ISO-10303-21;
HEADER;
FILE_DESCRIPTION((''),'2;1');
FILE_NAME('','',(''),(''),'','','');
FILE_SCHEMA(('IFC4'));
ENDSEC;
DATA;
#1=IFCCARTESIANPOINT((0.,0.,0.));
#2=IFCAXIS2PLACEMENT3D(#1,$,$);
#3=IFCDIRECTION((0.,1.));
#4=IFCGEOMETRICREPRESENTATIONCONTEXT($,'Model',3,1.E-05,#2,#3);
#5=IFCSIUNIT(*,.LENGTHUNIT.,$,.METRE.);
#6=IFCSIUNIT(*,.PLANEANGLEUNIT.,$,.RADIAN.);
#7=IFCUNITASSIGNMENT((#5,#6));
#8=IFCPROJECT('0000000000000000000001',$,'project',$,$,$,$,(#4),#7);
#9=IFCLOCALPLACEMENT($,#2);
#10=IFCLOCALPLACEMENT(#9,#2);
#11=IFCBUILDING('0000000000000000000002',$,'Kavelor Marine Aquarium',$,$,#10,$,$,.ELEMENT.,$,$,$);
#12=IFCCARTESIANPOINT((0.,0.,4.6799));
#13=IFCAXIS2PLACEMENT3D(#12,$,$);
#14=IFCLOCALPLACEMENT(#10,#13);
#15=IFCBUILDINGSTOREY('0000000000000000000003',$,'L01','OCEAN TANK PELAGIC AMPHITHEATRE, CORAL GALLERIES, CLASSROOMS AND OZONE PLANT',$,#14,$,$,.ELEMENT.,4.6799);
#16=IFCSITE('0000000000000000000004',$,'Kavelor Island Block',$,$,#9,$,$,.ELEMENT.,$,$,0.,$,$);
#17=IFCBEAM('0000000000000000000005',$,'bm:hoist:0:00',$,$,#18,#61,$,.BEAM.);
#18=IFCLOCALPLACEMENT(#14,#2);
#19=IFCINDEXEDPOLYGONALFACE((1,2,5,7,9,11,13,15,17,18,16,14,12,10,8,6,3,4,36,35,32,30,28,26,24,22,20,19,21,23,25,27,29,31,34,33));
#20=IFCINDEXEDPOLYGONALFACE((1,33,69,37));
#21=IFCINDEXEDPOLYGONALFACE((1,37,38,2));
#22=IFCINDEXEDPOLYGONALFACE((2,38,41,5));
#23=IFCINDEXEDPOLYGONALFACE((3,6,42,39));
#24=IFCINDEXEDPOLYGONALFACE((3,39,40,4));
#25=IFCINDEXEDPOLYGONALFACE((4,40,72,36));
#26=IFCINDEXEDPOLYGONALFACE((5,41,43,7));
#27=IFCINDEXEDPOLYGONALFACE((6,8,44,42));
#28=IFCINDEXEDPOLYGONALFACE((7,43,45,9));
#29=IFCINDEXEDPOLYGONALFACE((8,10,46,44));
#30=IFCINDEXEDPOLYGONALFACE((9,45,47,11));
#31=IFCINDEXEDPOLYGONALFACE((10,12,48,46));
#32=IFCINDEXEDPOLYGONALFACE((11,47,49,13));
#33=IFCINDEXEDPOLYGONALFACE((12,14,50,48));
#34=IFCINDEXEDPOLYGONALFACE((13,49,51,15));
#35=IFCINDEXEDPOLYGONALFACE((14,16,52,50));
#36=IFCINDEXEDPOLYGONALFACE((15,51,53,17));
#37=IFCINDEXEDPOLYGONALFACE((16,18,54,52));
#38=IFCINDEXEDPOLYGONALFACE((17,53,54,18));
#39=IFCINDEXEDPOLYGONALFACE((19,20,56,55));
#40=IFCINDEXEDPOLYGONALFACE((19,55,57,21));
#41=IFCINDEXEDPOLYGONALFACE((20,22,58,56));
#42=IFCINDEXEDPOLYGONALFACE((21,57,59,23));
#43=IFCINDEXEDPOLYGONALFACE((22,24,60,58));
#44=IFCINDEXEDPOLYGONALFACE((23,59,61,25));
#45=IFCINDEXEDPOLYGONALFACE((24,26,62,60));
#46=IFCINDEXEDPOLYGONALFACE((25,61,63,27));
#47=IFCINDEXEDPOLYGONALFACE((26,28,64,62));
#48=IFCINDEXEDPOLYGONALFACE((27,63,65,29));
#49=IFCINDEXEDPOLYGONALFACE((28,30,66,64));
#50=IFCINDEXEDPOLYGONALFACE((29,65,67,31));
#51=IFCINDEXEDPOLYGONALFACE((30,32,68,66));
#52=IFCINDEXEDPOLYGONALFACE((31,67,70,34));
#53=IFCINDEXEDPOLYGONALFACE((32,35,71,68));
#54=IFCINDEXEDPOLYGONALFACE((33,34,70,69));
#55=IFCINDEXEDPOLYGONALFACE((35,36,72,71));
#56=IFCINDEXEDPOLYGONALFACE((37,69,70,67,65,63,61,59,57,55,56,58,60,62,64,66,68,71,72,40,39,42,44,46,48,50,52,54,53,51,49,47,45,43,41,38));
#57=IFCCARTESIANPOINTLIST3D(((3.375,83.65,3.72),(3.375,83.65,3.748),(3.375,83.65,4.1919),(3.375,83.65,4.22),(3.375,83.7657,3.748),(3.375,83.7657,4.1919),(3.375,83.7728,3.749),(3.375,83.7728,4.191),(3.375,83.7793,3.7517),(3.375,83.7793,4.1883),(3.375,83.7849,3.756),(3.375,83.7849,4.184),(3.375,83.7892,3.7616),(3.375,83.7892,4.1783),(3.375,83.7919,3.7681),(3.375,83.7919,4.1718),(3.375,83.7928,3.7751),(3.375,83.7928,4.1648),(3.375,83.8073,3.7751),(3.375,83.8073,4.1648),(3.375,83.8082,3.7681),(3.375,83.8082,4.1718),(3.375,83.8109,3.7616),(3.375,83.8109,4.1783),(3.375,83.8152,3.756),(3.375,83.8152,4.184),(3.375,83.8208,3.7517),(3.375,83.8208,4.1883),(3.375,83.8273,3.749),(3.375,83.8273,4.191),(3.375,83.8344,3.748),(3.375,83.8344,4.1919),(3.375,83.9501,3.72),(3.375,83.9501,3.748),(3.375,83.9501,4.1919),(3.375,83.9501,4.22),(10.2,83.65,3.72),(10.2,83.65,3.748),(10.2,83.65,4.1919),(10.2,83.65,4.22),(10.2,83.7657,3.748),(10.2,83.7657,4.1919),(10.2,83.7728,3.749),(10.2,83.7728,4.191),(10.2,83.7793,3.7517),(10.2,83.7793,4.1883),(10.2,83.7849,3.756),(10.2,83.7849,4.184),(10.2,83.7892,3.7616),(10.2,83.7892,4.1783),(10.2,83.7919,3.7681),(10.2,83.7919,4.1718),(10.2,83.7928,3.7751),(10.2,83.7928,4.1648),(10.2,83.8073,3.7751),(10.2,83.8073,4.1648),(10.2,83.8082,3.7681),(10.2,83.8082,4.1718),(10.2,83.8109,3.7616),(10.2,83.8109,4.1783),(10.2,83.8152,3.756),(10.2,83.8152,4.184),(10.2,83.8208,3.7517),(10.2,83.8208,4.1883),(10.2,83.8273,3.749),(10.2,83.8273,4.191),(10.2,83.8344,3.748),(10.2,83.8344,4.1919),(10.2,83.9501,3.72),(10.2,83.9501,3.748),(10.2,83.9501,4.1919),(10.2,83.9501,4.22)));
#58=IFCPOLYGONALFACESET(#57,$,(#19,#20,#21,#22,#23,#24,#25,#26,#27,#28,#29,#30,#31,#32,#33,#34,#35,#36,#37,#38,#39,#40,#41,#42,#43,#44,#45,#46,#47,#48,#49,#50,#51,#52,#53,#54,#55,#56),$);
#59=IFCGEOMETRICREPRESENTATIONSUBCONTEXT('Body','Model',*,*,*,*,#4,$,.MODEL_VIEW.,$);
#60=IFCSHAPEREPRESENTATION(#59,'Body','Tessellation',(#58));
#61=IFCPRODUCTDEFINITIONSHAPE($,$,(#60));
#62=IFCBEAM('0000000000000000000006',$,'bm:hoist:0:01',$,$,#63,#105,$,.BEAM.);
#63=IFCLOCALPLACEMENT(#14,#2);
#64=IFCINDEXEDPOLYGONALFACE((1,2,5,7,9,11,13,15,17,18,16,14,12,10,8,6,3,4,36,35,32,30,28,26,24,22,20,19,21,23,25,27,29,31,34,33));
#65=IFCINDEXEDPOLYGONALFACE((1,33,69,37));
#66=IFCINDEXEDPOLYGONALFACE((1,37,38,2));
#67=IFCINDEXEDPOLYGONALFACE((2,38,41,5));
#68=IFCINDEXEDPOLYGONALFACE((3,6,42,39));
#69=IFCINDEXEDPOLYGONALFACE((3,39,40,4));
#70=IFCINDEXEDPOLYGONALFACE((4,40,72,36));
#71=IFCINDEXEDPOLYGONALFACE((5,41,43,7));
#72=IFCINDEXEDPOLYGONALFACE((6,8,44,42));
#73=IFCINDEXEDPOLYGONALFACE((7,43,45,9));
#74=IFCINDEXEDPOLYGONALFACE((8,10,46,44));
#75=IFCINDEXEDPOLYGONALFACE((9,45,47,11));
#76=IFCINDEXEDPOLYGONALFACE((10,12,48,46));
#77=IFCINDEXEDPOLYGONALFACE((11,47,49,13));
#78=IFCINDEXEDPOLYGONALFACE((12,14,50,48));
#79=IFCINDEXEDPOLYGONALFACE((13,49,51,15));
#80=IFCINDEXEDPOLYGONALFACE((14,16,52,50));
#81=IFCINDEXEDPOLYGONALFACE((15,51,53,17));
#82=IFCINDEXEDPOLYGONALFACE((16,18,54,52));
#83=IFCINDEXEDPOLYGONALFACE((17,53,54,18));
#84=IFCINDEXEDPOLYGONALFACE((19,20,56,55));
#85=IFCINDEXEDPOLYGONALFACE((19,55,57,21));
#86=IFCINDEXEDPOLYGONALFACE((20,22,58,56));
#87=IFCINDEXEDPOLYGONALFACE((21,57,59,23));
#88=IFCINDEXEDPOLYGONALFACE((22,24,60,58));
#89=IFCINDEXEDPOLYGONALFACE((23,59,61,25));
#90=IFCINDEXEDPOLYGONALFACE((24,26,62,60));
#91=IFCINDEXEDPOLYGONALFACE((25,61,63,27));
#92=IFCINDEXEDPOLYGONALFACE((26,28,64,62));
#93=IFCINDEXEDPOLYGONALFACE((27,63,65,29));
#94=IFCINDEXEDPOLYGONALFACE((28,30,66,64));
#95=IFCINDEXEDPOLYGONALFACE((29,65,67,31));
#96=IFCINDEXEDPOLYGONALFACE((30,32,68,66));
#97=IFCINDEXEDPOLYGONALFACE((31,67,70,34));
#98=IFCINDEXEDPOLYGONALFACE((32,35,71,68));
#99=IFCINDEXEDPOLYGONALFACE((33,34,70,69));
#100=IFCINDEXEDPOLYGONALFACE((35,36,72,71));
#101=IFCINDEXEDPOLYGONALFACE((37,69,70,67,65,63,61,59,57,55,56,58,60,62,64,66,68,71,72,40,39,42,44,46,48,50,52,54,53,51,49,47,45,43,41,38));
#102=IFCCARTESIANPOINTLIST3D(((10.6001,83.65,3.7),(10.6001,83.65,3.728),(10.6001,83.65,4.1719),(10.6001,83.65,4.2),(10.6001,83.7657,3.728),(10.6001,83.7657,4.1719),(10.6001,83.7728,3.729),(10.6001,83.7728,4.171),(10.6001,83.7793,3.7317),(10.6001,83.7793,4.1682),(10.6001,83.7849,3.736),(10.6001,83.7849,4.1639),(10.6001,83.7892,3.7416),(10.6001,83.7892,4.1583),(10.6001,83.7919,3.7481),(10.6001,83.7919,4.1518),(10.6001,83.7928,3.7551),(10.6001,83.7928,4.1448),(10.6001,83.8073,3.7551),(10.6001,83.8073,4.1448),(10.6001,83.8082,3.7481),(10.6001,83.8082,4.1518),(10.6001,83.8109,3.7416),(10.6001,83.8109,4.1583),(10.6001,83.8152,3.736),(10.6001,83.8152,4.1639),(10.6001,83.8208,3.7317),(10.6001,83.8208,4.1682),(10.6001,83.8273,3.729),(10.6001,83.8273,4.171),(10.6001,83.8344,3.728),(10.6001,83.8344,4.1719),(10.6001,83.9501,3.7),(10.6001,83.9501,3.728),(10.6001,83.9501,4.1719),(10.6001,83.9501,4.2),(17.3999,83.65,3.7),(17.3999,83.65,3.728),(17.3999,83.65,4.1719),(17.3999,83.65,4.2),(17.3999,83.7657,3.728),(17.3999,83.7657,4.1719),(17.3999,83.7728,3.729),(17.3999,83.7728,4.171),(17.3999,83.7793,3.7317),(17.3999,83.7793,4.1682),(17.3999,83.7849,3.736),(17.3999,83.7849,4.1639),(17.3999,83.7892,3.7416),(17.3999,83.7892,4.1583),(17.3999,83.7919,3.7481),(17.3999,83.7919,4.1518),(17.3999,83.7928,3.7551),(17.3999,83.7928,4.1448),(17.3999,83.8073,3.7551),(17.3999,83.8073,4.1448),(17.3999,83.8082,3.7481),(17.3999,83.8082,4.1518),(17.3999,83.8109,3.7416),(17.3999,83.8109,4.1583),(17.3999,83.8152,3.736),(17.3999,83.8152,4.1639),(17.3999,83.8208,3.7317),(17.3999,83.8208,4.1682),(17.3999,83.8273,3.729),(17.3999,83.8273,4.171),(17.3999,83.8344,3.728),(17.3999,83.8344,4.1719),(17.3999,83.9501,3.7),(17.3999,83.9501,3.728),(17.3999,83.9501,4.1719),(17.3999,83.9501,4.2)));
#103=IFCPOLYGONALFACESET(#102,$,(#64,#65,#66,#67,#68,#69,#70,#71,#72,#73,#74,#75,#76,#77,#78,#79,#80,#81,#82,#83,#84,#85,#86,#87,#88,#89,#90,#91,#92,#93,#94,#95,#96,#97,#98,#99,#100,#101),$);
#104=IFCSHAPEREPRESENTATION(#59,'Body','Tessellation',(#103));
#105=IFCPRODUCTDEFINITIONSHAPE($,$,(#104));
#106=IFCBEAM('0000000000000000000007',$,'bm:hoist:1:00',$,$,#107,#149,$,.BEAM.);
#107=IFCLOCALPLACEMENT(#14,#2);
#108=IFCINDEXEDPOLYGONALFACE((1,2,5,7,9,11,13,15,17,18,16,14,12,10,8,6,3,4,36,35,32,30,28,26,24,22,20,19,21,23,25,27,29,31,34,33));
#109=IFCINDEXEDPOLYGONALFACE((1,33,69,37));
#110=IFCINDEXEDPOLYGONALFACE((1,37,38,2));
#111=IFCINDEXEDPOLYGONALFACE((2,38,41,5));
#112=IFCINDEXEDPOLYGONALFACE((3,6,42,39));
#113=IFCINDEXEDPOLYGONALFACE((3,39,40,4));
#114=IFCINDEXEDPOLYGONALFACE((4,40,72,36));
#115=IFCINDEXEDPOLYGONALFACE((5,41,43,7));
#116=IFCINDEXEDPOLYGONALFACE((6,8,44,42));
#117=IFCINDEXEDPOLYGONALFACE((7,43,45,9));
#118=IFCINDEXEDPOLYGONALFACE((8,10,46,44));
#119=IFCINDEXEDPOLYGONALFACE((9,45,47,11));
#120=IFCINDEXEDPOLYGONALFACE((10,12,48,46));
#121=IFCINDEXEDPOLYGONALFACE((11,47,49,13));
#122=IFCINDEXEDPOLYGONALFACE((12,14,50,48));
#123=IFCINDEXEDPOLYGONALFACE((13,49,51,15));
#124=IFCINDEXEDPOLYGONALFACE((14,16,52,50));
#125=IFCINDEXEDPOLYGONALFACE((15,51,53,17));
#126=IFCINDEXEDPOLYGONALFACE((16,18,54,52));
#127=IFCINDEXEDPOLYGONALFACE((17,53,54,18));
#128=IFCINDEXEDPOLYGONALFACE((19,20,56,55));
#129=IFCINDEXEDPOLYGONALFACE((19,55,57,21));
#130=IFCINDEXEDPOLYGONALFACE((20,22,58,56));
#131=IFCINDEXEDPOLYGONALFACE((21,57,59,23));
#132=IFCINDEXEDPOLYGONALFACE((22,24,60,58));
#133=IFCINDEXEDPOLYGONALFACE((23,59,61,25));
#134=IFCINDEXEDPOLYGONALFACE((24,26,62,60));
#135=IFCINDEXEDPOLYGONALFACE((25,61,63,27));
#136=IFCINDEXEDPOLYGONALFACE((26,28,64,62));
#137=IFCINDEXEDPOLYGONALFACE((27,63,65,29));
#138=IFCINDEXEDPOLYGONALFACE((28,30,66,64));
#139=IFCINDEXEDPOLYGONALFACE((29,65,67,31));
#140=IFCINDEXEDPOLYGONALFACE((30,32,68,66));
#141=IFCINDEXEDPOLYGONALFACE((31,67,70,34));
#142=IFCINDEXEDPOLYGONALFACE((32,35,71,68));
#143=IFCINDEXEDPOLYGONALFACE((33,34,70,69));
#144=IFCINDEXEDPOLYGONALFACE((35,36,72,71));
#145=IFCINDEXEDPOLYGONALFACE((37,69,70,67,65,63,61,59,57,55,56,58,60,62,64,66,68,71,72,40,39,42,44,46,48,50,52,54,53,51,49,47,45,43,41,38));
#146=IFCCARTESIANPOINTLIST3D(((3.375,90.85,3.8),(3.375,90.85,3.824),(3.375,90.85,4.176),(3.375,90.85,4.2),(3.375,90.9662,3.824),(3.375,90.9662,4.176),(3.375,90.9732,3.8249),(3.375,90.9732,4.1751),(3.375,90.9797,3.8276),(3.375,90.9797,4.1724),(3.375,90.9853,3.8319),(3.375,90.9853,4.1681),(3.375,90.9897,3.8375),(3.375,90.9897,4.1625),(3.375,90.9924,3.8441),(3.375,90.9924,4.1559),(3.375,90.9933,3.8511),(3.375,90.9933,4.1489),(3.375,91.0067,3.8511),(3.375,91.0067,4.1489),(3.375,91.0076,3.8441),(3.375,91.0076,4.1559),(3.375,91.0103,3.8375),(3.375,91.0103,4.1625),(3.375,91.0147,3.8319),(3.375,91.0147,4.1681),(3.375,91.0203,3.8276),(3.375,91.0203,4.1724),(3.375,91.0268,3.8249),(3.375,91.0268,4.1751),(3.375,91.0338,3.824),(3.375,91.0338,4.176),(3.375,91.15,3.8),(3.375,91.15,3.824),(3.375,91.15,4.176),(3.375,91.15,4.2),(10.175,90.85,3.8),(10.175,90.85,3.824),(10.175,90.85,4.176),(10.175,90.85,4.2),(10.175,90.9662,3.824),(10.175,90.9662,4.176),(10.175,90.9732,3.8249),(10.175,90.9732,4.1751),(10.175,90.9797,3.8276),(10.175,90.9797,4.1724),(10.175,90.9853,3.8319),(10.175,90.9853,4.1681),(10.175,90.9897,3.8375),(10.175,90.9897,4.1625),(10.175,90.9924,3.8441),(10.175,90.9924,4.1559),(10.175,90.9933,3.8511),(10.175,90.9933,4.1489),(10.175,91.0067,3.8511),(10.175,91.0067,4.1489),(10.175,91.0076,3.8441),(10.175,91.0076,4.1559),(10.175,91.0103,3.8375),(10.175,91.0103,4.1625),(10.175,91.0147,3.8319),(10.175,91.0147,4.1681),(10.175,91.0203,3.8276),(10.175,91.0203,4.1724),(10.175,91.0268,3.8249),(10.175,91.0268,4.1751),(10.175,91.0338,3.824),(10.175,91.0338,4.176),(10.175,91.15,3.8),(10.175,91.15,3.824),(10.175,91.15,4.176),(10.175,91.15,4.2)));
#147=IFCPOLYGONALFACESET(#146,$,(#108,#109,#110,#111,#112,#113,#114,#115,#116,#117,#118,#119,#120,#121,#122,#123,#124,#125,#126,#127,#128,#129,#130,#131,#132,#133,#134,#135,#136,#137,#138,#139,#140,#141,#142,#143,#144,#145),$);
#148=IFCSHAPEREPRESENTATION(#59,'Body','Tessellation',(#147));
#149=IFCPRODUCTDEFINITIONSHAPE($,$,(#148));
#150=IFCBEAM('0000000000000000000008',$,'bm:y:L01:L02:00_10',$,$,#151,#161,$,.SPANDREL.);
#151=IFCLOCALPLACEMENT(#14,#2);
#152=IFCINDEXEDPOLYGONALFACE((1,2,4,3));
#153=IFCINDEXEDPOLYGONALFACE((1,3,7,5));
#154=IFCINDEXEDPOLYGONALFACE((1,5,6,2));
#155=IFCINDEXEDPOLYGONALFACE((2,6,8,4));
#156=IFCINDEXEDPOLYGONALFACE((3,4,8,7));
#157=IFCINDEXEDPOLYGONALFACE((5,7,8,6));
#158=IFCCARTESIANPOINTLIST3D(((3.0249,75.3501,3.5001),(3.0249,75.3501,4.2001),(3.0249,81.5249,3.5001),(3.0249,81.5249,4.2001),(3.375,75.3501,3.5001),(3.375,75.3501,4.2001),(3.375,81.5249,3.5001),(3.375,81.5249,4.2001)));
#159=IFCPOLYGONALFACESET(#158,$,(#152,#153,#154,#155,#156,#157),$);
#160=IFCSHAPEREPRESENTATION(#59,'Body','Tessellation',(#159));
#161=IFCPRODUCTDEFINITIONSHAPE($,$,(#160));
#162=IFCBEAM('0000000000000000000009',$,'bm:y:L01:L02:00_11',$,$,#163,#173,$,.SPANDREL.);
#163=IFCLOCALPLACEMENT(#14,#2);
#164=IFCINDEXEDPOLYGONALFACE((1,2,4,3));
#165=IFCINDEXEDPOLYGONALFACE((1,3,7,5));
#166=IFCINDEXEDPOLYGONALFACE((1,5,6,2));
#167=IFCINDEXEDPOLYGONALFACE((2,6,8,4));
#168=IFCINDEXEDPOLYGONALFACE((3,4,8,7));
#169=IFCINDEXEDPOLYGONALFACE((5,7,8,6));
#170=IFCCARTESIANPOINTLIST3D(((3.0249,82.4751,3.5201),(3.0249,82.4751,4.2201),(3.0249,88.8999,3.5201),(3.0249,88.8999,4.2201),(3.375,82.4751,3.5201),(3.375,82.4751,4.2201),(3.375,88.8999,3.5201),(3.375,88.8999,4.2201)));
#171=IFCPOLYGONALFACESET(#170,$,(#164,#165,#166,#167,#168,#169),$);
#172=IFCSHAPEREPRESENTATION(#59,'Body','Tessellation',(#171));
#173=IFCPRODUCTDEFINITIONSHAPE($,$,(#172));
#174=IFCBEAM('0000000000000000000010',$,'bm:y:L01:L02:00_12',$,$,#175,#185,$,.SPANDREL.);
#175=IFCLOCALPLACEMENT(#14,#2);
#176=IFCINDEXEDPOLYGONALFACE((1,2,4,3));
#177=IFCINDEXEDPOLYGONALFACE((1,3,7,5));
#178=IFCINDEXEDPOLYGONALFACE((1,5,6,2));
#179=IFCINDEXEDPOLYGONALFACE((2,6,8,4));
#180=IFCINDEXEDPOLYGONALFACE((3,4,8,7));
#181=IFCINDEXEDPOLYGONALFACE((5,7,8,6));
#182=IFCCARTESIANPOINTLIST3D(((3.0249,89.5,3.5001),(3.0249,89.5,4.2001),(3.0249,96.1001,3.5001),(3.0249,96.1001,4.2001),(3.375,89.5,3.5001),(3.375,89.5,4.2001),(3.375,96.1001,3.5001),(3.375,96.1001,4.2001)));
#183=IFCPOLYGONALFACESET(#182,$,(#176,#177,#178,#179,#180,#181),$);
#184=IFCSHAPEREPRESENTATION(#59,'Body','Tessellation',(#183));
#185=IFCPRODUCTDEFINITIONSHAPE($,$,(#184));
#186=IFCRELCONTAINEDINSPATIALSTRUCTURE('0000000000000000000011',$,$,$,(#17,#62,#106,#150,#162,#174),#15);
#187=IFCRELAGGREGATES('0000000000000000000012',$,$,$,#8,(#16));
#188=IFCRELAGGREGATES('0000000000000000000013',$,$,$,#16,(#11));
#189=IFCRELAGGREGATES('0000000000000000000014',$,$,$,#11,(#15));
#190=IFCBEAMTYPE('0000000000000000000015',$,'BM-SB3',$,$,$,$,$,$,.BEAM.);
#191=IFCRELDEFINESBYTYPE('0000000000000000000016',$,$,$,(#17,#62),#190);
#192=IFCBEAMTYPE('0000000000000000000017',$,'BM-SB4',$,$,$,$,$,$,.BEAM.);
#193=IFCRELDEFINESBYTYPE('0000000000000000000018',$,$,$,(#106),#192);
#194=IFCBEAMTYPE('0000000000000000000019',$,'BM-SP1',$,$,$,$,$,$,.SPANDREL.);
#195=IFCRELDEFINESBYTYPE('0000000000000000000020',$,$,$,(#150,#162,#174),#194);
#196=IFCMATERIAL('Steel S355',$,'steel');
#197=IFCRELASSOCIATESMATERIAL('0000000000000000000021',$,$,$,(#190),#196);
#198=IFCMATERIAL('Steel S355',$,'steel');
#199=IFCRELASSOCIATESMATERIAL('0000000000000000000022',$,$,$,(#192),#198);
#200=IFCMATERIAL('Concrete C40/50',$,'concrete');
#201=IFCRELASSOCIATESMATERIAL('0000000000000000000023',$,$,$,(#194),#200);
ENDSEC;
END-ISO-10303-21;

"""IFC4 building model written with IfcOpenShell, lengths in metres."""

from ifc_helpers import new_model, si_unit, direction, frame, origin, origin_2d, place, context, subcontext, project, spatial, rectangle, i_section, extrude, material, material_profile, profile_set, type_object, element, save


model = new_model("IFC4")

# Units and contexts
model_context = context("Model", 3, precision=1e-05, world=origin(), true_north=direction((0.0, 1.0)))
body_context = subcontext(model_context, "Body", "Model", "MODEL_VIEW")
ifc_project = project(units=[si_unit("LENGTHUNIT", "METRE"), si_unit("PLANEANGLEUNIT", "RADIAN")], contexts=[model_context])

# Site, building, storey
site_placement = place(None, origin())
site = spatial("IfcSite", under=ifc_project, at=site_placement, Name="Kavelor Island Block", CompositionType="ELEMENT", RefElevation=0.0)
building_placement = place(site_placement, origin())
building = spatial("IfcBuilding", under=site, at=building_placement, Name="Kavelor Marine Aquarium", CompositionType="ELEMENT")
storey_placement = place(building_placement, frame((0.0, 0.0, 4.6799)))
storey = spatial("IfcBuildingStorey", under=building, at=storey_placement, Name="L01", Description="OCEAN TANK PELAGIC AMPHITHEATRE, CORAL GALLERIES, CLASSROOMS AND OZONE PLANT", CompositionType="ELEMENT", Elevation=4.6799)

# Beams
ifc_material_1 = material(Name="Steel S355", Category="steel")
ifc_material_profile_1 = material_profile(ifc_material_1, i_section(OverallWidth=0.3, OverallDepth=0.5, WebThickness=0.0144, FlangeThickness=0.0281, FilletRadius=0.0271, at=origin_2d()), Name="HEB 500")
ifc_profile_set_1 = profile_set([ifc_material_profile_1], Name="Steel S355")
beam_type_1 = type_object("IfcBeamType", Name="BM-SB3", PredefinedType="BEAM", material=ifc_profile_set_1)
beam_1_placement = place(storey_placement, frame((3.375, 83.8, 3.97), z_axis=(1.0, 0.0, 0.0), x_axis=(0.0, 1.0, 0.0)))
element("IfcBeam", 1, at=beam_1_placement, inside=storey, type_object=beam_type_1, Name="bm:hoist:0:00", PredefinedType="BEAM", context=body_context, shape_type="SweptSolid", body=[
    extrude(i_section(OverallWidth=0.3, OverallDepth=0.5, WebThickness=0.0144, FlangeThickness=0.0281, FilletRadius=0.0271, at=origin_2d()), origin(), (0.0, 0.0, 1.0), 6.825),
])
beam_2_placement = place(storey_placement, frame((10.6001, 83.8, 3.95), z_axis=(1.0, 0.0, 0.0), x_axis=(0.0, 1.0, 0.0)))
element("IfcBeam", 2, at=beam_2_placement, inside=storey, type_object=beam_type_1, Name="bm:hoist:0:01", PredefinedType="BEAM", context=body_context, shape_type="SweptSolid", body=[
    extrude(i_section(OverallWidth=0.3, OverallDepth=0.5, WebThickness=0.0144, FlangeThickness=0.0281, FilletRadius=0.0271, at=origin_2d()), origin(), (0.0, 0.0, 1.0), 6.7998),
])
ifc_material_2 = material(Name="Steel S355", Category="steel")
ifc_material_profile_2 = material_profile(ifc_material_2, i_section(OverallWidth=0.3, OverallDepth=0.3999, WebThickness=0.0134, FlangeThickness=0.0239, FilletRadius=0.0271, at=origin_2d()), Name="HEB 400")
ifc_profile_set_2 = profile_set([ifc_material_profile_2], Name="Steel S355")
beam_type_2 = type_object("IfcBeamType", Name="BM-SB4", PredefinedType="BEAM", material=ifc_profile_set_2)
beam_3_placement = place(storey_placement, frame((3.375, 91.0, 4.0), z_axis=(1.0, 0.0, 0.0), x_axis=(0.0, 1.0, 0.0)))
element("IfcBeam", 3, at=beam_3_placement, inside=storey, type_object=beam_type_2, Name="bm:hoist:1:00", PredefinedType="BEAM", context=body_context, shape_type="SweptSolid", body=[
    extrude(i_section(OverallWidth=0.3, OverallDepth=0.3999, WebThickness=0.0134, FlangeThickness=0.0239, FilletRadius=0.0271, at=origin_2d()), origin(), (0.0, 0.0, 1.0), 6.8),
])
ifc_material_3 = material(Name="Concrete C40/50", Category="concrete")
ifc_material_profile_3 = material_profile(ifc_material_3, rectangle(XDim=0.3501, YDim=0.7, at=origin_2d()), Name="RC-SP 350x700")
ifc_profile_set_3 = profile_set([ifc_material_profile_3], Name="Concrete C40/50")
beam_type_3 = type_object("IfcBeamType", Name="BM-SP1", PredefinedType="SPANDREL", material=ifc_profile_set_3)
beam_4_placement = place(storey_placement, frame((3.2, 75.3501, 3.8501), z_axis=(0.0, 1.0, 0.0), x_axis=(-1.0, 0.0, 0.0)))
element("IfcBeam", 4, at=beam_4_placement, inside=storey, type_object=beam_type_3, Name="bm:y:L01:L02:00_10", PredefinedType="SPANDREL", context=body_context, shape_type="SweptSolid", body=[
    extrude(rectangle(XDim=0.3501, YDim=0.7, at=origin_2d()), origin(), (0.0, 0.0, 1.0), 6.1748),
])
beam_5_placement = place(storey_placement, frame((3.2, 82.4751, 3.8701), z_axis=(0.0, 1.0, 0.0), x_axis=(-1.0, 0.0, 0.0)))
element("IfcBeam", 5, at=beam_5_placement, inside=storey, type_object=beam_type_3, Name="bm:y:L01:L02:00_11", PredefinedType="SPANDREL", context=body_context, shape_type="SweptSolid", body=[
    extrude(rectangle(XDim=0.3501, YDim=0.7, at=origin_2d()), origin(), (0.0, 0.0, 1.0), 6.4248),
])
beam_6_placement = place(storey_placement, frame((3.2, 89.5, 3.8501), z_axis=(0.0, 1.0, 0.0), x_axis=(-1.0, 0.0, 0.0)))
element("IfcBeam", 6, at=beam_6_placement, inside=storey, type_object=beam_type_3, Name="bm:y:L01:L02:00_12", PredefinedType="SPANDREL", context=body_context, shape_type="SweptSolid", body=[
    extrude(rectangle(XDim=0.3501, YDim=0.7, at=origin_2d()), origin(), (0.0, 0.0, 1.0), 6.6001),
])

save(model, "model.ifc")
